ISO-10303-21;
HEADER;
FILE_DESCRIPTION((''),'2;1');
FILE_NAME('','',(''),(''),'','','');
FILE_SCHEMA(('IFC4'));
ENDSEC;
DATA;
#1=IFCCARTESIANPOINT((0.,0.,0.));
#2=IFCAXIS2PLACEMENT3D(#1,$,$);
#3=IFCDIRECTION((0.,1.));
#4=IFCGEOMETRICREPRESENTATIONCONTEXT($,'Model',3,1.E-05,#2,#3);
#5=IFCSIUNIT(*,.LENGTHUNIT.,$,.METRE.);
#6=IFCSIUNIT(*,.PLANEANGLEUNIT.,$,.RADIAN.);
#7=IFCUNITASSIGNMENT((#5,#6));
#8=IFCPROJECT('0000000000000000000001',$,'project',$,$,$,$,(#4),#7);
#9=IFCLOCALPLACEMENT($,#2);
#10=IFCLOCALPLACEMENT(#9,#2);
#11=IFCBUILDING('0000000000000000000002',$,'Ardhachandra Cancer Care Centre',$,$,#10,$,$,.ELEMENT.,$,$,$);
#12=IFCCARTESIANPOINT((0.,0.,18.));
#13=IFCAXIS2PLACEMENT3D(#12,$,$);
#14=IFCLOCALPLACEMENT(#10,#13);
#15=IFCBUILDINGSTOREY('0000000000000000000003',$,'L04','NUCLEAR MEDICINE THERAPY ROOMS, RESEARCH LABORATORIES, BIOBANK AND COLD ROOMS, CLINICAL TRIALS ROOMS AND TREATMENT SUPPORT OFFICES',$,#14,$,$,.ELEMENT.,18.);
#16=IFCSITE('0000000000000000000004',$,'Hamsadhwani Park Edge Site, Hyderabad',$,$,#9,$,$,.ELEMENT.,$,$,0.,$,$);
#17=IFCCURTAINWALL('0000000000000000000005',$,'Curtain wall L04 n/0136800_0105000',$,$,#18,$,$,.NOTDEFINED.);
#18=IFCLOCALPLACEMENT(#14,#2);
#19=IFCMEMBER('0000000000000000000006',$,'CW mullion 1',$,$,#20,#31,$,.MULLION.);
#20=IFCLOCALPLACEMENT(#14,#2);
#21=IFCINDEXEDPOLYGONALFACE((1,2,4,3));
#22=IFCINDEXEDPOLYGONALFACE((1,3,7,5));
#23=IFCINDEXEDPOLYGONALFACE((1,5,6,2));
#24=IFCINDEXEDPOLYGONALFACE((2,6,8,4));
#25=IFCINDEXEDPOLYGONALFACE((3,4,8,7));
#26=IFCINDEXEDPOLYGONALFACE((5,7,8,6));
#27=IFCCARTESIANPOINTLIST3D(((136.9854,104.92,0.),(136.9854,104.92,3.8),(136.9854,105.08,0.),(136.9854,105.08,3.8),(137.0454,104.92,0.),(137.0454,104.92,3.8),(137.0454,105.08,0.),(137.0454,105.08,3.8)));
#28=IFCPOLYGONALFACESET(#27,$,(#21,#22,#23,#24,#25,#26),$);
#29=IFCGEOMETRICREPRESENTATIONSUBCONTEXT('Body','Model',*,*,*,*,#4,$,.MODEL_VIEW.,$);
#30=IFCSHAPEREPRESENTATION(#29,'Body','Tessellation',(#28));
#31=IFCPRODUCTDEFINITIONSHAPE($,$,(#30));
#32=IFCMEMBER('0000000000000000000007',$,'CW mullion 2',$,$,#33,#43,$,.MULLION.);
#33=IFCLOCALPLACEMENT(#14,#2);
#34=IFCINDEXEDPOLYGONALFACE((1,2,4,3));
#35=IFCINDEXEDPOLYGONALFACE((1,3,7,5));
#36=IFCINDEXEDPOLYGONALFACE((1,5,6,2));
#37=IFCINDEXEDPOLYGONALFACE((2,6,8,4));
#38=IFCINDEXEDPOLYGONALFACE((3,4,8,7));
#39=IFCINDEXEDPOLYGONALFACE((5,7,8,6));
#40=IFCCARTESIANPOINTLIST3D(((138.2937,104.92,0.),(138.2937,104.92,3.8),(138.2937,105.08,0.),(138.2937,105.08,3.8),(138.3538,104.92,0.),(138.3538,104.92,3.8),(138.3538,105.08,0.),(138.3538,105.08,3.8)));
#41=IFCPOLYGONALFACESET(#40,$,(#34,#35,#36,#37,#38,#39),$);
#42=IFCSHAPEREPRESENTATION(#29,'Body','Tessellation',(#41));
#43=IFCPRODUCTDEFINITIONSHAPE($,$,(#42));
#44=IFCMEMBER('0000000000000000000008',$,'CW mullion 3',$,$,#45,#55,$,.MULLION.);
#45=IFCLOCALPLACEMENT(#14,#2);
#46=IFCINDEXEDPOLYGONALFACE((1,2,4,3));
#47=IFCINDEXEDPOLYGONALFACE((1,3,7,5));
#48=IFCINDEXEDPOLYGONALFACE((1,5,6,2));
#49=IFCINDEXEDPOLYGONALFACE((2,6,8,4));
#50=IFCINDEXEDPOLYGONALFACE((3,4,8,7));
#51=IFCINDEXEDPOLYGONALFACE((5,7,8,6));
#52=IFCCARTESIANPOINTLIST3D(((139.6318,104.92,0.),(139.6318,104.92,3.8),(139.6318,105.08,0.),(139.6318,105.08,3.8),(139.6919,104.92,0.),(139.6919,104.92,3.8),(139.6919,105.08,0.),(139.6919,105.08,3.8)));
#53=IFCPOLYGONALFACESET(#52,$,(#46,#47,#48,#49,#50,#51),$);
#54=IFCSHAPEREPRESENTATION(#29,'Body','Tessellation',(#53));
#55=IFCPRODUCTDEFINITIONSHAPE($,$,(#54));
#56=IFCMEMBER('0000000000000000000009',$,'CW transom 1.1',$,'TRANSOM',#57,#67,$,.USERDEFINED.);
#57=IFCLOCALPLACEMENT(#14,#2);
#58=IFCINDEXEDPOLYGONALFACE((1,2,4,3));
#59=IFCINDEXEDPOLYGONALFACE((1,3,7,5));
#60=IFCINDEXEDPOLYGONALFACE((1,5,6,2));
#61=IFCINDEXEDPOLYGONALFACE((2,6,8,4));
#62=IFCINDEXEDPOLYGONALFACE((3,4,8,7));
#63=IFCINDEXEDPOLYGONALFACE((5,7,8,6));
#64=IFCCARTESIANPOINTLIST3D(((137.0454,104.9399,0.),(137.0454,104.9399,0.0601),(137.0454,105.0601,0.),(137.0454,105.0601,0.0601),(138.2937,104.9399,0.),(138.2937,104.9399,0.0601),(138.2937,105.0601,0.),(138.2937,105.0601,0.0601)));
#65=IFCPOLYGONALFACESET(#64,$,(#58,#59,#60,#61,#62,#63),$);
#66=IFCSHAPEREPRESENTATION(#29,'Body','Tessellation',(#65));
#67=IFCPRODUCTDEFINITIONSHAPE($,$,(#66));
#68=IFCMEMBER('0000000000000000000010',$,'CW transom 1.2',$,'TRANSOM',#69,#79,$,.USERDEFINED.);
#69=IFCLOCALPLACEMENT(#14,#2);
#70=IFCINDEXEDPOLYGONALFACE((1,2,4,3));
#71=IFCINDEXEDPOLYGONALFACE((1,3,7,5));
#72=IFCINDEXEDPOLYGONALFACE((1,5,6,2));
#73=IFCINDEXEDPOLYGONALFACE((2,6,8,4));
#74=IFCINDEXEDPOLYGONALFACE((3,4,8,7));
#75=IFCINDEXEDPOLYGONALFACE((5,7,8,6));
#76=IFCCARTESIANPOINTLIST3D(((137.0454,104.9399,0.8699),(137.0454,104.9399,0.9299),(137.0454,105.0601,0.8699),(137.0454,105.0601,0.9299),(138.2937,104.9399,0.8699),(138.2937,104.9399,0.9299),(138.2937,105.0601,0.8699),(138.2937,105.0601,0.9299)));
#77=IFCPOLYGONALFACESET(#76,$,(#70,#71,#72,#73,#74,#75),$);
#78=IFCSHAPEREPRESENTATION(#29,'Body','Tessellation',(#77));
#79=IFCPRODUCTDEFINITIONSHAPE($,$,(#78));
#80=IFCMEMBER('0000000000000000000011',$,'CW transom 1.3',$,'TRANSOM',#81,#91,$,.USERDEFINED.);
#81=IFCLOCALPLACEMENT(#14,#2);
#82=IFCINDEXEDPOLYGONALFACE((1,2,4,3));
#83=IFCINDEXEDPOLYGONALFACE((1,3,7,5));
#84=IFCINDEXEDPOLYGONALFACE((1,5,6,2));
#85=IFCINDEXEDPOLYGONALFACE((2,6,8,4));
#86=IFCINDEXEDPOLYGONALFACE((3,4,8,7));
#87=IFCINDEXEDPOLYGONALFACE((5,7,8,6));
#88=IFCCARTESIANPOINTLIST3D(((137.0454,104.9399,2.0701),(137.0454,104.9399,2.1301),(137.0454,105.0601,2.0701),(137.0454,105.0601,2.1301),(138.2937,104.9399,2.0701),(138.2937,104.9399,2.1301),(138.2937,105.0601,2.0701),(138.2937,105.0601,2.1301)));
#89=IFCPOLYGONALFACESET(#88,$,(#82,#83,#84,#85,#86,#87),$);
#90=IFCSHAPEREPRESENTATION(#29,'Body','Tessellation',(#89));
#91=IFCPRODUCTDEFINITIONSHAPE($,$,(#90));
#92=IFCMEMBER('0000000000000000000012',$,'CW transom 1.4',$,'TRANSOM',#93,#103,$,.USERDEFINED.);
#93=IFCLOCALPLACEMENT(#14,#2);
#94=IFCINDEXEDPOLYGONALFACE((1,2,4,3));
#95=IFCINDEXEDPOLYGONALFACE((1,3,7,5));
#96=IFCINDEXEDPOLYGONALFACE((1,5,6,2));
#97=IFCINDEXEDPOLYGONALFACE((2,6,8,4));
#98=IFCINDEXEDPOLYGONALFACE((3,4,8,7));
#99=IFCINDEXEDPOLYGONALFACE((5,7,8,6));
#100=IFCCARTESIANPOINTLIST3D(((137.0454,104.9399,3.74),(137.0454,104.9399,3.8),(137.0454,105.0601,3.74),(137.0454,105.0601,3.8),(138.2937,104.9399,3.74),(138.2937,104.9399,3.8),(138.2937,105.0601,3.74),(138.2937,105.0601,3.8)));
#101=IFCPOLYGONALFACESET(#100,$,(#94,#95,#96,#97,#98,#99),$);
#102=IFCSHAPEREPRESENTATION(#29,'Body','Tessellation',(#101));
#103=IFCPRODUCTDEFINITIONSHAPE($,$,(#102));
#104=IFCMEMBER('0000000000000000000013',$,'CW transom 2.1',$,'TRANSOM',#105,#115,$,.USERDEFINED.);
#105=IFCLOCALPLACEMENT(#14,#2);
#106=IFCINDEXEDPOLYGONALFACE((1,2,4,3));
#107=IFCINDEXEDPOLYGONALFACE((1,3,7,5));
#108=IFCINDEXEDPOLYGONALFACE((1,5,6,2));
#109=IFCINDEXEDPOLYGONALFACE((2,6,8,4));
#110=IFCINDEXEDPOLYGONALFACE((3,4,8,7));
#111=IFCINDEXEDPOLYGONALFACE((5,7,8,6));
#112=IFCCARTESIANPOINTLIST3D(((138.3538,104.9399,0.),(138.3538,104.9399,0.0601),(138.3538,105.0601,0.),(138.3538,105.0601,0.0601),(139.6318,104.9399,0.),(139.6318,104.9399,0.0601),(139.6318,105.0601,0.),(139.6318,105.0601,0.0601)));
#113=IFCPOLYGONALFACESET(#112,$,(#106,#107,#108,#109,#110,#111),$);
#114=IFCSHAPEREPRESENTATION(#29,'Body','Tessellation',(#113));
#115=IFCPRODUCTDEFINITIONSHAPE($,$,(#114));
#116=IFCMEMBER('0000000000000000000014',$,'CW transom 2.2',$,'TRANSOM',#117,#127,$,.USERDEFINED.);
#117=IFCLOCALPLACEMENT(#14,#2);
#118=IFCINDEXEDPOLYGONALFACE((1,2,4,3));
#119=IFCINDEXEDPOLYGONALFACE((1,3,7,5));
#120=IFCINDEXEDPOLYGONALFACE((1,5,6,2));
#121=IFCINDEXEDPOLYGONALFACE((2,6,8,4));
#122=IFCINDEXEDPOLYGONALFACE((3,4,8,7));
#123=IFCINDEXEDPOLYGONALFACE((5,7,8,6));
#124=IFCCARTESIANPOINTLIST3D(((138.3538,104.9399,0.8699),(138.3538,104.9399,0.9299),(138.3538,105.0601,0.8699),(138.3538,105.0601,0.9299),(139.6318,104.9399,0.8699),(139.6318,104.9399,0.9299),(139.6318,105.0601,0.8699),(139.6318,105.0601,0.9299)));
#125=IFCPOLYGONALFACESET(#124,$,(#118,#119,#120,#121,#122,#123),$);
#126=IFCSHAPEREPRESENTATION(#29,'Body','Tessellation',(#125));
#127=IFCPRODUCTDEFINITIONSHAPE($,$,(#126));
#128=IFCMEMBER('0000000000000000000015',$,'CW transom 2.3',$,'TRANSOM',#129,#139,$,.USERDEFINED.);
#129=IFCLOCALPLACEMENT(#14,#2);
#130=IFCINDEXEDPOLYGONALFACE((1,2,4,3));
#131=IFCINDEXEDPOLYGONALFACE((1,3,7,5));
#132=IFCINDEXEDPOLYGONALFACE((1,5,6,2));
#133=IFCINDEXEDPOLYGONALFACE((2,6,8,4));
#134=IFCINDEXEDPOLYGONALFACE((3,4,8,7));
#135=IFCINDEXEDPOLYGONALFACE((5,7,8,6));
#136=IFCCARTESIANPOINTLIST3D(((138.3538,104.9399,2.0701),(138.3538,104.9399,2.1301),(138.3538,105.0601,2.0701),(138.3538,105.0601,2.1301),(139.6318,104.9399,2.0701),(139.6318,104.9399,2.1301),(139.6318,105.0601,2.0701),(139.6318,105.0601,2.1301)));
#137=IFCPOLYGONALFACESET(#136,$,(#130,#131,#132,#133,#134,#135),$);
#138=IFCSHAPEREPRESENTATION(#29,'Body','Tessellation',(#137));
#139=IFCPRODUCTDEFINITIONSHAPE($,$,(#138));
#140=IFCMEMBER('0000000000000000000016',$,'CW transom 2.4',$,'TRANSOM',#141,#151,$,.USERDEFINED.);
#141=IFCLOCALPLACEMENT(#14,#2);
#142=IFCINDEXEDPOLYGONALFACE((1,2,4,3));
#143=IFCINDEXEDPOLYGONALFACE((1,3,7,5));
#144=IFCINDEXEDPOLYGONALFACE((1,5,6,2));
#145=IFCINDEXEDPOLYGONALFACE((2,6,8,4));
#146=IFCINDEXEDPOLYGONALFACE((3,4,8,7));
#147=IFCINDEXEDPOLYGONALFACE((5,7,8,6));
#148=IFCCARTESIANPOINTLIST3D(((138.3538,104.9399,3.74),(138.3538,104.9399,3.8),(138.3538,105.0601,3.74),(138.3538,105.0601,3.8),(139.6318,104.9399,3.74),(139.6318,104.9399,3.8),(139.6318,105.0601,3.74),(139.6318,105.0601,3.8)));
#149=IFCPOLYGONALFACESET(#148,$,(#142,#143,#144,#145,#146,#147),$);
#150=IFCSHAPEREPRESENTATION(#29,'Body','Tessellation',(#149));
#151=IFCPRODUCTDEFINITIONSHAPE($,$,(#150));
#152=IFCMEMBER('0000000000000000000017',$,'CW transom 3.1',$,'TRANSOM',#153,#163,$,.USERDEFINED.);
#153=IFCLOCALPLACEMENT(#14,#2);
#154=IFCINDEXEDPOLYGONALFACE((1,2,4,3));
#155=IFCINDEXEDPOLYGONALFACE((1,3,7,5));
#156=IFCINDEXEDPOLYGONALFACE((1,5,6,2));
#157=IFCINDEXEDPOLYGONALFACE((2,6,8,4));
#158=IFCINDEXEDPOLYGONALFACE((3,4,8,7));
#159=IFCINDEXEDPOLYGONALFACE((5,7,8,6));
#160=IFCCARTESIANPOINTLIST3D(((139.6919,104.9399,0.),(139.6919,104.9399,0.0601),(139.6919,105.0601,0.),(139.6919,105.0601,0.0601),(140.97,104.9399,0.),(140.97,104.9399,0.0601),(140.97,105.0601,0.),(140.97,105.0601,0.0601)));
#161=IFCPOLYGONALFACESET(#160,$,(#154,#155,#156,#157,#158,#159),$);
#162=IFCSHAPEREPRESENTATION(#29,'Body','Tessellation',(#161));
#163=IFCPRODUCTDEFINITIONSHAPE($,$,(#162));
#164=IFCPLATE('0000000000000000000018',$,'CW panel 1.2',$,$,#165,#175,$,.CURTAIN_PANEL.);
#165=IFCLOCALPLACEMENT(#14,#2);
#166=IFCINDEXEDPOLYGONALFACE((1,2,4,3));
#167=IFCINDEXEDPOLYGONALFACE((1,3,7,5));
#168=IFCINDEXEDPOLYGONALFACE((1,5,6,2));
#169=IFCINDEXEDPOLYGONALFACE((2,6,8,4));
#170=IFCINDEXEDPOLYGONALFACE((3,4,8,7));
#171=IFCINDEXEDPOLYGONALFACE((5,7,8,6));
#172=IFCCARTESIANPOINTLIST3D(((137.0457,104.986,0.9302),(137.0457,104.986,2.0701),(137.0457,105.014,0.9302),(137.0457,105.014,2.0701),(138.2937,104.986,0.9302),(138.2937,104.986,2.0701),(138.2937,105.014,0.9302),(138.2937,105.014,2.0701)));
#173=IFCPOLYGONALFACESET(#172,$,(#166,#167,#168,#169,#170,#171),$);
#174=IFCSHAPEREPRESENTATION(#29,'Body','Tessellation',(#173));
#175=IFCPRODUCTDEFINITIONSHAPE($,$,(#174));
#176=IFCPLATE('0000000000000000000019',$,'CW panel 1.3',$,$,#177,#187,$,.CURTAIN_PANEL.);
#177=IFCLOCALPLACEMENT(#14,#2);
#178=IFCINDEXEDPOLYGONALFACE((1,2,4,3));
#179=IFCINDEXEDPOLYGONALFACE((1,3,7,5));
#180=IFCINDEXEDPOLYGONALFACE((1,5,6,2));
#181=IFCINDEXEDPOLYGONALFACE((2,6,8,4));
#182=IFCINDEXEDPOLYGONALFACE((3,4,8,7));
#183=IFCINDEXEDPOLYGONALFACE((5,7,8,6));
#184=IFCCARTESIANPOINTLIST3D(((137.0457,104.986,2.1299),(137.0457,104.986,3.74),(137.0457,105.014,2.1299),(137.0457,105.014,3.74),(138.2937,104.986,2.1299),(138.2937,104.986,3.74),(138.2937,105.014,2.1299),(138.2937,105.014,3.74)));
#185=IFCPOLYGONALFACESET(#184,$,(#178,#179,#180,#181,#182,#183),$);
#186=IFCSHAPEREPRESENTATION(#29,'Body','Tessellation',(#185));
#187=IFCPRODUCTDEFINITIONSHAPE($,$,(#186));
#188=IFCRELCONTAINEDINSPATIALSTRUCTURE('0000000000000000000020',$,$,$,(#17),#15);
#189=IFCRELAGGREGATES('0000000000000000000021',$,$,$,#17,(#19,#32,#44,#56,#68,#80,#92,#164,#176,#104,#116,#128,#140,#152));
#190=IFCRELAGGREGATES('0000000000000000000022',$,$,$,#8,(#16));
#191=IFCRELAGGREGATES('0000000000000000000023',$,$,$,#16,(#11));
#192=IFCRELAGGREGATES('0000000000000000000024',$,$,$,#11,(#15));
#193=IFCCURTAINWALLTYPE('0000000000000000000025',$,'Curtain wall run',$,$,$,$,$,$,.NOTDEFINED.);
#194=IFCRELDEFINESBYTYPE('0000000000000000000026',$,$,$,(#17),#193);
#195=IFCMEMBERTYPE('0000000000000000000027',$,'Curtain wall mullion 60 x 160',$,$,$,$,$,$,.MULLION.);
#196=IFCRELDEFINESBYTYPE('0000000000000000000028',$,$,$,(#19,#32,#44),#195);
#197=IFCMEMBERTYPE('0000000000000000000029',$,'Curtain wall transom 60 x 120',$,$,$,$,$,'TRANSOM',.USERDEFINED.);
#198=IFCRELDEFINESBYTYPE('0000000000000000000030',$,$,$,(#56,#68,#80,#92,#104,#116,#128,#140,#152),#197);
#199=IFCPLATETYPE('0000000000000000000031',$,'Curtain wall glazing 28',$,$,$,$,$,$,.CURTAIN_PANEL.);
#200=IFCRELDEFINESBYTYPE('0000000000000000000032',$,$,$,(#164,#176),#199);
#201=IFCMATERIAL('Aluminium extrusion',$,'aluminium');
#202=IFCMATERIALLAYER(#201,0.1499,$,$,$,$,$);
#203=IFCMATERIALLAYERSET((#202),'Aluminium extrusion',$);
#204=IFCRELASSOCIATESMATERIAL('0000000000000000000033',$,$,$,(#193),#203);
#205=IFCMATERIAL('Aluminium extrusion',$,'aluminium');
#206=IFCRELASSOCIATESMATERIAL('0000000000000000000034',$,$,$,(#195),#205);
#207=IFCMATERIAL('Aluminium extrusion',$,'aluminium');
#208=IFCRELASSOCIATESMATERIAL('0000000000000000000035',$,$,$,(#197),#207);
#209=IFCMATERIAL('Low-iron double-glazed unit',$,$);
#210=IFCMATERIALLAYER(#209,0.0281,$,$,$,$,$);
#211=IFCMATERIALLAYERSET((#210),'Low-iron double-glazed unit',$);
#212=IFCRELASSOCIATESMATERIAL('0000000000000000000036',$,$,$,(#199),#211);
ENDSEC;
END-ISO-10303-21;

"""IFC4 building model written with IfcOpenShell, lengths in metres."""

from ifc_helpers import new_model, si_unit, direction, frame, origin, origin_2d, place, context, subcontext, project, spatial, rectangle, extrude, material, layer, layer_set, material_profile, profile_set, type_object, element, aggregate, save


model = new_model("IFC4")

# Units and contexts
model_context = context("Model", 3, precision=1e-05, world=origin(), true_north=direction((0.0, 1.0)))
body_context = subcontext(model_context, "Body", "Model", "MODEL_VIEW")
ifc_project = project(units=[si_unit("LENGTHUNIT", "METRE"), si_unit("PLANEANGLEUNIT", "RADIAN")], contexts=[model_context])

# Site, building, storey
site_placement = place(None, origin())
site = spatial("IfcSite", under=ifc_project, at=site_placement, Name="Hamsadhwani Park Edge Site, Hyderabad", CompositionType="ELEMENT", RefElevation=0.0)
building_placement = place(site_placement, origin())
building = spatial("IfcBuilding", under=site, at=building_placement, Name="Ardhachandra Cancer Care Centre", CompositionType="ELEMENT")
storey_placement = place(building_placement, frame((0.0, 0.0, 18.0)))
storey = spatial("IfcBuildingStorey", under=building, at=storey_placement, Name="L04", Description="NUCLEAR MEDICINE THERAPY ROOMS, RESEARCH LABORATORIES, BIOBANK AND COLD ROOMS, CLINICAL TRIALS ROOMS AND TREATMENT SUPPORT OFFICES", CompositionType="ELEMENT", Elevation=18.0)

# Curtain wall, members, plates
ifc_material_1 = material(Name="Aluminium extrusion", Category="aluminium")
ifc_layer_1 = layer(ifc_material_1, 0.1499)
ifc_layer_set_1 = layer_set([ifc_layer_1], Name="Aluminium extrusion")
curtain_wall_type = type_object("IfcCurtainWallType", Name="Curtain wall run", PredefinedType="NOTDEFINED", material=ifc_layer_set_1)
curtain_wall_placement = place(storey_placement, origin())
curtain_wall = element("IfcCurtainWall", 1, at=curtain_wall_placement, inside=storey, type_object=curtain_wall_type, Name="Curtain wall L04 n/0136800_0105000", PredefinedType="NOTDEFINED")
ifc_material_2 = material(Name="Aluminium extrusion", Category="aluminium")
ifc_material_profile_1 = material_profile(ifc_material_2, rectangle(XDim=0.1599, YDim=0.0601, at=origin_2d()), Name="Curtain wall mullion 60 x 160")
ifc_profile_set_1 = profile_set([ifc_material_profile_1], Name="Aluminium extrusion")
member_type_1 = type_object("IfcMemberType", Name="Curtain wall mullion 60 x 160", PredefinedType="MULLION", material=ifc_profile_set_1)
member_1_placement = place(storey_placement, frame((137.0154, 105.0, 0.0), z_axis=(0.0, 0.0, 1.0), x_axis=(0.0, 1.0, 0.0)))
member_1 = element("IfcMember", 2, at=member_1_placement, type_object=member_type_1, Name="CW mullion 1", PredefinedType="MULLION", context=body_context, shape_type="SweptSolid", body=[
    extrude(rectangle(XDim=0.1599, YDim=0.0601, at=origin_2d()), origin(), (0.0, 0.0, 1.0), 3.8),
])
member_2_placement = place(storey_placement, frame((138.3237, 105.0, 0.0), z_axis=(0.0, 0.0, 1.0), x_axis=(0.0, 1.0, 0.0)))
member_2 = element("IfcMember", 3, at=member_2_placement, type_object=member_type_1, Name="CW mullion 2", PredefinedType="MULLION", context=body_context, shape_type="SweptSolid", body=[
    extrude(rectangle(XDim=0.1599, YDim=0.0601, at=origin_2d()), origin(), (0.0, 0.0, 1.0), 3.8),
])
member_3_placement = place(storey_placement, frame((139.6619, 105.0, 0.0), z_axis=(0.0, 0.0, 1.0), x_axis=(0.0, 1.0, 0.0)))
member_3 = element("IfcMember", 4, at=member_3_placement, type_object=member_type_1, Name="CW mullion 3", PredefinedType="MULLION", context=body_context, shape_type="SweptSolid", body=[
    extrude(rectangle(XDim=0.1599, YDim=0.0601, at=origin_2d()), origin(), (0.0, 0.0, 1.0), 3.8),
])
ifc_material_3 = material(Name="Aluminium extrusion", Category="aluminium")
ifc_material_profile_2 = material_profile(ifc_material_3, rectangle(XDim=0.1201, YDim=0.0601, at=origin_2d()), Name="Curtain wall transom 60 x 120")
ifc_profile_set_2 = profile_set([ifc_material_profile_2], Name="Aluminium extrusion")
member_type_2 = type_object("IfcMemberType", Name="Curtain wall transom 60 x 120", ElementType="TRANSOM", PredefinedType="USERDEFINED", material=ifc_profile_set_2)
member_4_placement = place(storey_placement, frame((137.0454, 105.0, 0.03), z_axis=(1.0, 0.0, 0.0), x_axis=(0.0, 1.0, 0.0)))
member_4 = element("IfcMember", 5, at=member_4_placement, type_object=member_type_2, Name="CW transom 1.1", ObjectType="TRANSOM", PredefinedType="USERDEFINED", context=body_context, shape_type="SweptSolid", body=[
    extrude(rectangle(XDim=0.1201, YDim=0.0601, at=origin_2d()), origin(), (0.0, 0.0, 1.0), 1.2483),
])
member_5_placement = place(storey_placement, frame((137.0454, 105.0, 0.8999), z_axis=(1.0, 0.0, 0.0), x_axis=(0.0, 1.0, 0.0)))
member_5 = element("IfcMember", 6, at=member_5_placement, type_object=member_type_2, Name="CW transom 1.2", ObjectType="TRANSOM", PredefinedType="USERDEFINED", context=body_context, shape_type="SweptSolid", body=[
    extrude(rectangle(XDim=0.1201, YDim=0.0601, at=origin_2d()), origin(), (0.0, 0.0, 1.0), 1.2483),
])
member_6_placement = place(storey_placement, frame((137.0454, 105.0, 2.1001), z_axis=(1.0, 0.0, 0.0), x_axis=(0.0, 1.0, 0.0)))
member_6 = element("IfcMember", 7, at=member_6_placement, type_object=member_type_2, Name="CW transom 1.3", ObjectType="TRANSOM", PredefinedType="USERDEFINED", context=body_context, shape_type="SweptSolid", body=[
    extrude(rectangle(XDim=0.1201, YDim=0.0601, at=origin_2d()), origin(), (0.0, 0.0, 1.0), 1.2483),
])
member_7_placement = place(storey_placement, frame((137.0454, 105.0, 3.77), z_axis=(1.0, 0.0, 0.0), x_axis=(0.0, 1.0, 0.0)))
member_7 = element("IfcMember", 8, at=member_7_placement, type_object=member_type_2, Name="CW transom 1.4", ObjectType="TRANSOM", PredefinedType="USERDEFINED", context=body_context, shape_type="SweptSolid", body=[
    extrude(rectangle(XDim=0.1201, YDim=0.0601, at=origin_2d()), origin(), (0.0, 0.0, 1.0), 1.2483),
])
member_8_placement = place(storey_placement, frame((138.3538, 105.0, 0.03), z_axis=(1.0, 0.0, 0.0), x_axis=(0.0, 1.0, 0.0)))
member_8 = element("IfcMember", 9, at=member_8_placement, type_object=member_type_2, Name="CW transom 2.1", ObjectType="TRANSOM", PredefinedType="USERDEFINED", context=body_context, shape_type="SweptSolid", body=[
    extrude(rectangle(XDim=0.1201, YDim=0.0601, at=origin_2d()), origin(), (0.0, 0.0, 1.0), 1.2781),
])
member_9_placement = place(storey_placement, frame((138.3538, 105.0, 0.8999), z_axis=(1.0, 0.0, 0.0), x_axis=(0.0, 1.0, 0.0)))
member_9 = element("IfcMember", 10, at=member_9_placement, type_object=member_type_2, Name="CW transom 2.2", ObjectType="TRANSOM", PredefinedType="USERDEFINED", context=body_context, shape_type="SweptSolid", body=[
    extrude(rectangle(XDim=0.1201, YDim=0.0601, at=origin_2d()), origin(), (0.0, 0.0, 1.0), 1.2781),
])
member_10_placement = place(storey_placement, frame((138.3538, 105.0, 2.1001), z_axis=(1.0, 0.0, 0.0), x_axis=(0.0, 1.0, 0.0)))
member_10 = element("IfcMember", 11, at=member_10_placement, type_object=member_type_2, Name="CW transom 2.3", ObjectType="TRANSOM", PredefinedType="USERDEFINED", context=body_context, shape_type="SweptSolid", body=[
    extrude(rectangle(XDim=0.1201, YDim=0.0601, at=origin_2d()), origin(), (0.0, 0.0, 1.0), 1.2781),
])
member_11_placement = place(storey_placement, frame((138.3538, 105.0, 3.77), z_axis=(1.0, 0.0, 0.0), x_axis=(0.0, 1.0, 0.0)))
member_11 = element("IfcMember", 12, at=member_11_placement, type_object=member_type_2, Name="CW transom 2.4", ObjectType="TRANSOM", PredefinedType="USERDEFINED", context=body_context, shape_type="SweptSolid", body=[
    extrude(rectangle(XDim=0.1201, YDim=0.0601, at=origin_2d()), origin(), (0.0, 0.0, 1.0), 1.2781),
])
member_12_placement = place(storey_placement, frame((139.6919, 105.0, 0.03), z_axis=(1.0, 0.0, 0.0), x_axis=(0.0, 1.0, 0.0)))
member_12 = element("IfcMember", 13, at=member_12_placement, type_object=member_type_2, Name="CW transom 3.1", ObjectType="TRANSOM", PredefinedType="USERDEFINED", context=body_context, shape_type="SweptSolid", body=[
    extrude(rectangle(XDim=0.1201, YDim=0.0601, at=origin_2d()), origin(), (0.0, 0.0, 1.0), 1.2781),
])
ifc_material_4 = material(Name="Low-iron double-glazed unit")
ifc_layer_2 = layer(ifc_material_4, 0.0281)
ifc_layer_set_2 = layer_set([ifc_layer_2], Name="Low-iron double-glazed unit")
plate_type_1 = type_object("IfcPlateType", Name="Curtain wall glazing 28", PredefinedType="CURTAIN_PANEL", material=ifc_layer_set_2)
plate_1_placement = place(storey_placement, frame((137.6697, 105.0, 0.9302), z_axis=(0.0, 0.0, 1.0), x_axis=(1.0, 0.0, 0.0)))
plate_1 = element("IfcPlate", 14, at=plate_1_placement, type_object=plate_type_1, Name="CW panel 1.2", PredefinedType="CURTAIN_PANEL", context=body_context, shape_type="SweptSolid", body=[
    extrude(rectangle(XDim=1.248, YDim=0.0281, at=origin_2d()), origin(), (0.0, 0.0, 1.0), 1.1399),
])
plate_2_placement = place(storey_placement, frame((137.6697, 105.0, 2.1299), z_axis=(0.0, 0.0, 1.0), x_axis=(1.0, 0.0, 0.0)))
plate_2 = element("IfcPlate", 15, at=plate_2_placement, type_object=plate_type_1, Name="CW panel 1.3", PredefinedType="CURTAIN_PANEL", context=body_context, shape_type="SweptSolid", body=[
    extrude(rectangle(XDim=1.248, YDim=0.0281, at=origin_2d()), origin(), (0.0, 0.0, 1.0), 1.6101),
])
aggregate(curtain_wall, [member_1, member_2, member_3, member_4, member_5, member_6, member_7, plate_1, plate_2, member_8, member_9, member_10, member_11, member_12])

save(model, "model.ifc")
